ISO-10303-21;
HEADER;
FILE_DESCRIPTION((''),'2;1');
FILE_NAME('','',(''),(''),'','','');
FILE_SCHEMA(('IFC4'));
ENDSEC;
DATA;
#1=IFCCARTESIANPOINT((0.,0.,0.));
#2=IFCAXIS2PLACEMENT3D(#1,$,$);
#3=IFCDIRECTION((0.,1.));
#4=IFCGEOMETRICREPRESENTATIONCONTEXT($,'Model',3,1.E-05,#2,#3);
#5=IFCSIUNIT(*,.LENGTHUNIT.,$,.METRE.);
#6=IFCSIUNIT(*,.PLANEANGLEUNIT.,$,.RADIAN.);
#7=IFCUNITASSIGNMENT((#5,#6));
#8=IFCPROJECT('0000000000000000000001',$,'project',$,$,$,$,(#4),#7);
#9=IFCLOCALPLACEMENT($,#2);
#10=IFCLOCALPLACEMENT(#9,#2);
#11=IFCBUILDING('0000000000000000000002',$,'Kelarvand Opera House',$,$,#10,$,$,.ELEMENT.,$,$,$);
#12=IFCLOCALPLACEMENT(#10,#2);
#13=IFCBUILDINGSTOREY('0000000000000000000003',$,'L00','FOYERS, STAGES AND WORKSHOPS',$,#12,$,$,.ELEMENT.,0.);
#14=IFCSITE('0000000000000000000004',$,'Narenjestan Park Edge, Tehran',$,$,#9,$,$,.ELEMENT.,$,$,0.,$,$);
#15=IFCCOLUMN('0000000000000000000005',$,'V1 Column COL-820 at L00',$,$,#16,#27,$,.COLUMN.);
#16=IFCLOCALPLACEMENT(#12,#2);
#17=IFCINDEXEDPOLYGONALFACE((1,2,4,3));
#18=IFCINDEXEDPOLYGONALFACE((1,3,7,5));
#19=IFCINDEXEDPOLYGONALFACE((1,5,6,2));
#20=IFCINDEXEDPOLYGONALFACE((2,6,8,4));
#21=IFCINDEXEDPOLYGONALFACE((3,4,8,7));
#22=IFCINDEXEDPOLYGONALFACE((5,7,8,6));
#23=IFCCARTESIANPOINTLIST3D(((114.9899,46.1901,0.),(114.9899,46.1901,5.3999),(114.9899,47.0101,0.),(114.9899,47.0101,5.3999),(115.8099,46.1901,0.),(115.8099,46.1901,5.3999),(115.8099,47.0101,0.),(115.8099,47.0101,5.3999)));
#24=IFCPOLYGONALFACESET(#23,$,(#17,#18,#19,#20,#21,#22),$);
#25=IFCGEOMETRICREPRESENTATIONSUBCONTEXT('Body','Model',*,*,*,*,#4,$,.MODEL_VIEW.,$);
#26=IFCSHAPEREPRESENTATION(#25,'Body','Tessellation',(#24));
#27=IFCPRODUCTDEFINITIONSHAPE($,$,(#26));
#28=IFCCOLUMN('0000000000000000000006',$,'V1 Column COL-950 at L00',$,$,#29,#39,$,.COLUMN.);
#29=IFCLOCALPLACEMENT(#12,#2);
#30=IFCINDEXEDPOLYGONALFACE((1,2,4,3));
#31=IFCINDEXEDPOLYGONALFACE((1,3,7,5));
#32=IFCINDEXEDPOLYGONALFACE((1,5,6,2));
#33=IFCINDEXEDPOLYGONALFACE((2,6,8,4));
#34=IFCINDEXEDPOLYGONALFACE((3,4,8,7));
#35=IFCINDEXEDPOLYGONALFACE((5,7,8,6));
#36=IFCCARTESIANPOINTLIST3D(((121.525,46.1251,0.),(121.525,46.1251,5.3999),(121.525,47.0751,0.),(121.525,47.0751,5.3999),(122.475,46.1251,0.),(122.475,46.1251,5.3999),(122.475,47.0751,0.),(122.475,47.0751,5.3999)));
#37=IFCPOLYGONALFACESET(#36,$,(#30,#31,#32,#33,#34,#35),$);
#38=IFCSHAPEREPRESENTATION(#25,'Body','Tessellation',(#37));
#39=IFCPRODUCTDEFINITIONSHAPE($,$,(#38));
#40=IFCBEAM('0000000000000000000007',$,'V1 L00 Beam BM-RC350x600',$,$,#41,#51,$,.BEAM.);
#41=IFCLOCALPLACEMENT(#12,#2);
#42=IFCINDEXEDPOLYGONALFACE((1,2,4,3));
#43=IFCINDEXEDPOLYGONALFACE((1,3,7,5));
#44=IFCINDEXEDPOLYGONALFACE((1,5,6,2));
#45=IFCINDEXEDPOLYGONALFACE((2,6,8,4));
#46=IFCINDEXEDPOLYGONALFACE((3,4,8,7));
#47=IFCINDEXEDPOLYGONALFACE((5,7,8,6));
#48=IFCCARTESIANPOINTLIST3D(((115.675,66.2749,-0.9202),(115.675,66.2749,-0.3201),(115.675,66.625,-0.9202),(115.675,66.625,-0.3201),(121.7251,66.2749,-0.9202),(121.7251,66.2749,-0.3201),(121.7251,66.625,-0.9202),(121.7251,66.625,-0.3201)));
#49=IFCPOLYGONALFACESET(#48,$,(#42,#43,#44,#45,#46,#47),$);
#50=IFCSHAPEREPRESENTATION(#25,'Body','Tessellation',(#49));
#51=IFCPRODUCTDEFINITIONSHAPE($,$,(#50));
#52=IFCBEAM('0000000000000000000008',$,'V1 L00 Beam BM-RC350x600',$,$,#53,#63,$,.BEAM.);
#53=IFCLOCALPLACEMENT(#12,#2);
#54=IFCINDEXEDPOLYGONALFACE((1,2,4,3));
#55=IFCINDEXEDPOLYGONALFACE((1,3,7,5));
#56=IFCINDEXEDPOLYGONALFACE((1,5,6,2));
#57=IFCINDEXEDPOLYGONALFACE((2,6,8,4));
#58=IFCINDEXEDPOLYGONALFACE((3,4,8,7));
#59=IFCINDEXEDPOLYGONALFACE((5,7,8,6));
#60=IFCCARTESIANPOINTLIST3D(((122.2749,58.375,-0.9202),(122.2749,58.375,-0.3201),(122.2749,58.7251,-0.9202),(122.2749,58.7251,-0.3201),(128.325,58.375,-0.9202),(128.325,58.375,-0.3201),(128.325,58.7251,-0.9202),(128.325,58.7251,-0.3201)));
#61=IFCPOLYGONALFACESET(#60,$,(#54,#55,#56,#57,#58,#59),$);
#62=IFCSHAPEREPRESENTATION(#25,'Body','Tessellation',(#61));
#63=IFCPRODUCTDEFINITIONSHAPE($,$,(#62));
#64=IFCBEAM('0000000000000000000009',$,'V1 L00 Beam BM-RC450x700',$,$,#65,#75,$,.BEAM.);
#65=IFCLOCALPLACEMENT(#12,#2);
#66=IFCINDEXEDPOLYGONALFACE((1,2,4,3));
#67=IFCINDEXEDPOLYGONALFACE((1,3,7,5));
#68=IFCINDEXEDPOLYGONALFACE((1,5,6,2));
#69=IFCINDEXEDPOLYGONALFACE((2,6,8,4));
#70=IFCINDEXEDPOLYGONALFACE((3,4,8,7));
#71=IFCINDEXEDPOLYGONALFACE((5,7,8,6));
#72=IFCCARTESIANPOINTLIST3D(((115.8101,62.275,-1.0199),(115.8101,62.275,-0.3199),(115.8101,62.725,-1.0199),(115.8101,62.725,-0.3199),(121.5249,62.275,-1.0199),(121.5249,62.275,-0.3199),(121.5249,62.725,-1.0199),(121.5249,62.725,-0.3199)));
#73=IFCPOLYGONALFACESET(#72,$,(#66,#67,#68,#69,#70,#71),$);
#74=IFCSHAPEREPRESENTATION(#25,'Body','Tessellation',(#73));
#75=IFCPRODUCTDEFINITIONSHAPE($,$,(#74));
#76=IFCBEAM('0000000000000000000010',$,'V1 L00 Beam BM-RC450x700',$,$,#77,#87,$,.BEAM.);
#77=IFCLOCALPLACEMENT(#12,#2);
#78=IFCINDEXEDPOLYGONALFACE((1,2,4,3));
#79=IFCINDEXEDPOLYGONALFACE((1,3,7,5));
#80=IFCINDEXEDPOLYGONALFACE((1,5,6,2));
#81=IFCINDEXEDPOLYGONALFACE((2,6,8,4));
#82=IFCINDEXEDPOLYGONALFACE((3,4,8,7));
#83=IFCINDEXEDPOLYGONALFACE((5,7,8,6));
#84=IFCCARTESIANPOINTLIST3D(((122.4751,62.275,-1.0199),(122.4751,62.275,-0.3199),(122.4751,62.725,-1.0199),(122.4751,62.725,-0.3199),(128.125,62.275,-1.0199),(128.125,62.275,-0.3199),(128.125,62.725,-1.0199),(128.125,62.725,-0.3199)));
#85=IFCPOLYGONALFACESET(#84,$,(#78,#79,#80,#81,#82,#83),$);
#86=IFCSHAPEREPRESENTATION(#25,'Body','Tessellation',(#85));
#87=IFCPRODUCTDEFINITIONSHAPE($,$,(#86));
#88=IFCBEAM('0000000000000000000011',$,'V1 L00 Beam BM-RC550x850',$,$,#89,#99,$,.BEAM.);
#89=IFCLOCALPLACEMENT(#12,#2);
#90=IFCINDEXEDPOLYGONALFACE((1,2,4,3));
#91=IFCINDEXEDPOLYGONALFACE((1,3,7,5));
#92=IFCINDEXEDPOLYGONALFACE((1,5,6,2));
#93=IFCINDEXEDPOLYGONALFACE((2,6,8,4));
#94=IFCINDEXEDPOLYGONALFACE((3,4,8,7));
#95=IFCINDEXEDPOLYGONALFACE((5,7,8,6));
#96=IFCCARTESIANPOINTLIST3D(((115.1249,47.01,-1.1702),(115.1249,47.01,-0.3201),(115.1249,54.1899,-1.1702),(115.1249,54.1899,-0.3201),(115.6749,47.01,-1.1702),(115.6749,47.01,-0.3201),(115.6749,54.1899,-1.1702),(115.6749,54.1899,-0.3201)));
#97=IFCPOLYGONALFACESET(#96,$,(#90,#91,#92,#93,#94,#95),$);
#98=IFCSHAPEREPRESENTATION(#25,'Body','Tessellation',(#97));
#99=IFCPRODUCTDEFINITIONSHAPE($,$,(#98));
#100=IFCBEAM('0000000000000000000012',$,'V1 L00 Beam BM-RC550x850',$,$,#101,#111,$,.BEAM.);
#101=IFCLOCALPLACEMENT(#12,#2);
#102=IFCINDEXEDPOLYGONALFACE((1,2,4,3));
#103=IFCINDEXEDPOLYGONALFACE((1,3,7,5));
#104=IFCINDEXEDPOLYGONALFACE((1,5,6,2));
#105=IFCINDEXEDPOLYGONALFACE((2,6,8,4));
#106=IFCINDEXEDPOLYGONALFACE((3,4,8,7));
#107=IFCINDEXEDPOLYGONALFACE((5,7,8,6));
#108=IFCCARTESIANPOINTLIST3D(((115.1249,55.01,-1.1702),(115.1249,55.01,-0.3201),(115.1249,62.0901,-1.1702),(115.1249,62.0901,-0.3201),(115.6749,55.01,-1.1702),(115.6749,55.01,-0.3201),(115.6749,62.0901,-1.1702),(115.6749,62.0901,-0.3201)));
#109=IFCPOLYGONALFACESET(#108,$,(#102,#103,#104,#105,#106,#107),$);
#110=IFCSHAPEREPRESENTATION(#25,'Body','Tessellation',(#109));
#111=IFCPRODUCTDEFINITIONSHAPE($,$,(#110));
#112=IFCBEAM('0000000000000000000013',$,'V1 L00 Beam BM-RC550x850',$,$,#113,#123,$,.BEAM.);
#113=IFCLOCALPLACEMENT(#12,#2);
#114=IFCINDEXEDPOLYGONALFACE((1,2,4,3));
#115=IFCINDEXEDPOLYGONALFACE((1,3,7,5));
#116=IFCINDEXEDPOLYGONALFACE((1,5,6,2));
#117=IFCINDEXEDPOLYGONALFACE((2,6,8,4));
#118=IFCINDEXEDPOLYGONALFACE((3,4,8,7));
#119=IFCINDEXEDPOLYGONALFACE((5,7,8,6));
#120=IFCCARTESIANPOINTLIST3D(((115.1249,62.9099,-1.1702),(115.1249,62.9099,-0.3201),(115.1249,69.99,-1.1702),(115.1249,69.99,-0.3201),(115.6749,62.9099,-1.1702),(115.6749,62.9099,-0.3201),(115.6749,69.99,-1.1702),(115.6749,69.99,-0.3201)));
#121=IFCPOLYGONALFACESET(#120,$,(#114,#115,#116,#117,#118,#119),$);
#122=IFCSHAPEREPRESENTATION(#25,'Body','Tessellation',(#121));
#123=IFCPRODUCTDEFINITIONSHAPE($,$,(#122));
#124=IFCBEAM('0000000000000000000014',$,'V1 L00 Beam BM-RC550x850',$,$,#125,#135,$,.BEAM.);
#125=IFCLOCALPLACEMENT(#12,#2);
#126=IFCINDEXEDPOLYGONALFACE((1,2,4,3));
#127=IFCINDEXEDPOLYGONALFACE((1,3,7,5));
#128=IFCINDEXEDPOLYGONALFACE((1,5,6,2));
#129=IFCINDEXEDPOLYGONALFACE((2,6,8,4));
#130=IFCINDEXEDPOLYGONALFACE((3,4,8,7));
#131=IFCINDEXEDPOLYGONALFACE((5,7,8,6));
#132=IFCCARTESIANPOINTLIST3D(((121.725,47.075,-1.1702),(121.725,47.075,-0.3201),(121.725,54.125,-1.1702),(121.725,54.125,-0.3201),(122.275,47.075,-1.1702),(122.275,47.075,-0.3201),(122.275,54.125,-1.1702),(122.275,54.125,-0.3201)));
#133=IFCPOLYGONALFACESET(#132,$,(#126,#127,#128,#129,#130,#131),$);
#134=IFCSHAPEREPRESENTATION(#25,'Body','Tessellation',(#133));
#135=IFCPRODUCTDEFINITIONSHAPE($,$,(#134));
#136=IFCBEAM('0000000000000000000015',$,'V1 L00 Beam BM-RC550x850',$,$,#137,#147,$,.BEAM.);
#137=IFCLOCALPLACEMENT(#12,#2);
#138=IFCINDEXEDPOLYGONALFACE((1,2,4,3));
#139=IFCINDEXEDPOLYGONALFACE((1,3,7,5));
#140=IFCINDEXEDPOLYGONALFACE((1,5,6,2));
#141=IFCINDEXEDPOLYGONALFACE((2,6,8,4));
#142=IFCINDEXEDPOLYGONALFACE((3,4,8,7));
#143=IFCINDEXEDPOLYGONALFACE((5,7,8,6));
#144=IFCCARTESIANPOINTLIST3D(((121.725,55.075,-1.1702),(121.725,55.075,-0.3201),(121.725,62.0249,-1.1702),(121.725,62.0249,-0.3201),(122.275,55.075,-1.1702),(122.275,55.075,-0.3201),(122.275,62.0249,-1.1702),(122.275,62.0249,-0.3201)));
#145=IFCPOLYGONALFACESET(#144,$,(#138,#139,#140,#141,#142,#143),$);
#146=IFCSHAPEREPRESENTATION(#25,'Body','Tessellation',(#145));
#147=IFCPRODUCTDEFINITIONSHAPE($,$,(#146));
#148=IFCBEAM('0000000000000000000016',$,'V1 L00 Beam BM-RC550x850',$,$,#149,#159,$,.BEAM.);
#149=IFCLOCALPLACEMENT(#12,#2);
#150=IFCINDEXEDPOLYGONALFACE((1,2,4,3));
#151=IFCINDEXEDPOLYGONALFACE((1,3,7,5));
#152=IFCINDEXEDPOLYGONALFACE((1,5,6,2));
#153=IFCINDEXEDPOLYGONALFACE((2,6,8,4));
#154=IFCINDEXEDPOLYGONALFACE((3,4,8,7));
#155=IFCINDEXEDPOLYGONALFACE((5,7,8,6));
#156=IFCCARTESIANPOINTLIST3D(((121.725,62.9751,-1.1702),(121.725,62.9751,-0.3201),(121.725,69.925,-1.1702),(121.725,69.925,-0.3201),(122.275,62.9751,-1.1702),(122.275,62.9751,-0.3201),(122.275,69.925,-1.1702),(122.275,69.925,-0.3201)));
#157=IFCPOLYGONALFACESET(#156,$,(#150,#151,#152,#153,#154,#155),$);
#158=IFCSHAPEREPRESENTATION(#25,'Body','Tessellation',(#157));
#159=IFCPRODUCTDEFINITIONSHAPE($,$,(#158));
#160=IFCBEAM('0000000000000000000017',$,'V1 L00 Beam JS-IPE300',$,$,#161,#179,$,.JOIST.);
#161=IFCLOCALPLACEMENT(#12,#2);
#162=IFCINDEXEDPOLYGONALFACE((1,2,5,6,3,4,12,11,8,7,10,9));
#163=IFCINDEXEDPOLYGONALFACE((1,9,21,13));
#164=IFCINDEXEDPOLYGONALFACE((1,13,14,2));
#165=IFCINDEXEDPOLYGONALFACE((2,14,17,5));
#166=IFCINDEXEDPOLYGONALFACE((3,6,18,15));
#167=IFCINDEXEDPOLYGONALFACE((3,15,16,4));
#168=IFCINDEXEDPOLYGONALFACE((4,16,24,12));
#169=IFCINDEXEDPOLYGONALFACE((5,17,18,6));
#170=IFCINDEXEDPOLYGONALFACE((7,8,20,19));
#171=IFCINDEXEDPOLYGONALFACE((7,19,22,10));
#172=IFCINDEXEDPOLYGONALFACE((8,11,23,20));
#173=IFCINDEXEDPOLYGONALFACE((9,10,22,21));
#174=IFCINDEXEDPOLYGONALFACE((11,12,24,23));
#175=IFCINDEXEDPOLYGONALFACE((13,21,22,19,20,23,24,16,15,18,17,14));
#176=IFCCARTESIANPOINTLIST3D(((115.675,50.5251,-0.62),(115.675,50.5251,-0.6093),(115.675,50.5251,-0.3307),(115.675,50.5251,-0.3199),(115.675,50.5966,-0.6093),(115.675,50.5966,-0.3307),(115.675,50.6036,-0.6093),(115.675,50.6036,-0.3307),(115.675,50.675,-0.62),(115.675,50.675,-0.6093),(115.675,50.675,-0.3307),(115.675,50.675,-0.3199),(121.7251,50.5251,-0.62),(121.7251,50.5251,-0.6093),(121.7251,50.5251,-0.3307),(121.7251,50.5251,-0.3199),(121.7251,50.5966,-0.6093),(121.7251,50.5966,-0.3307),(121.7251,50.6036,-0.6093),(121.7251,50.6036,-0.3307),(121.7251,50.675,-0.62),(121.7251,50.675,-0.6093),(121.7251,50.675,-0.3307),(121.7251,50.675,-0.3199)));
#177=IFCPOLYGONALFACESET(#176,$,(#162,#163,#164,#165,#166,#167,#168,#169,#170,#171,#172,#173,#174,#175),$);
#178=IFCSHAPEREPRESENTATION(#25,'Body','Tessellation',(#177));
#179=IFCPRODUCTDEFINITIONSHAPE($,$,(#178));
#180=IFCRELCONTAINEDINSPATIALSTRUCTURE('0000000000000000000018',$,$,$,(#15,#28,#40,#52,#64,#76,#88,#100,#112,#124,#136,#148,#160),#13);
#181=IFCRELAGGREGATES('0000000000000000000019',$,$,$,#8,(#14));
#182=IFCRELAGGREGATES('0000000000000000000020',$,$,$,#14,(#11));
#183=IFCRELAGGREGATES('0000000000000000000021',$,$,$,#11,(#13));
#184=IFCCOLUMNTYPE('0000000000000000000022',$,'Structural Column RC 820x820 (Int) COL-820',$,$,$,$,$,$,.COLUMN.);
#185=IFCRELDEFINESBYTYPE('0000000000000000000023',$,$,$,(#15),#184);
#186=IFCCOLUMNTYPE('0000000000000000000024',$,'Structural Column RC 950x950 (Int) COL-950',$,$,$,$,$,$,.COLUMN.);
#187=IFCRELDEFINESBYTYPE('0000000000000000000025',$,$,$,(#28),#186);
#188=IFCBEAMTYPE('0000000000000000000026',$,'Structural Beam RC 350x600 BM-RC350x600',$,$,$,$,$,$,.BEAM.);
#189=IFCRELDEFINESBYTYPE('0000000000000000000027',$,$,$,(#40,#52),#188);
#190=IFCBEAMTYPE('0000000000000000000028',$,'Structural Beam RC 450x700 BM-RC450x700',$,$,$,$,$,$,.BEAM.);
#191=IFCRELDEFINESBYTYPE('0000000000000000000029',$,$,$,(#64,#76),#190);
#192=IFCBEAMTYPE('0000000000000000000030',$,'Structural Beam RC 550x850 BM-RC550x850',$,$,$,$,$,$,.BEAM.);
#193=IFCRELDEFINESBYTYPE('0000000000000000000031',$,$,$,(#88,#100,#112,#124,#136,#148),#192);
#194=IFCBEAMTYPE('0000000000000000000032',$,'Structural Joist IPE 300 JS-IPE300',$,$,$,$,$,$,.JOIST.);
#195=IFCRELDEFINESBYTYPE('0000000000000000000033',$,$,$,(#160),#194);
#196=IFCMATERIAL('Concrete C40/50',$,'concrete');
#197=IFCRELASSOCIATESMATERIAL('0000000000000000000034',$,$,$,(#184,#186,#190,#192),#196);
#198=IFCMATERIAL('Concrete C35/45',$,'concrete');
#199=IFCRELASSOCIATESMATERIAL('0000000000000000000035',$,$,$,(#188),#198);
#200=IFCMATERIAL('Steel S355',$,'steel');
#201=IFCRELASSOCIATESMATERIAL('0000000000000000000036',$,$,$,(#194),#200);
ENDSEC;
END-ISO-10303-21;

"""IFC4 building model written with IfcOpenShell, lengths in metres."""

from ifc_helpers import new_model, si_unit, direction, frame, origin, origin_2d, place, context, subcontext, project, spatial, rectangle, i_section, extrude, material, material_profile, profile_set, type_object, element, save


model = new_model("IFC4")

# Units and contexts
model_context = context("Model", 3, precision=1e-05, world=origin(), true_north=direction((0.0, 1.0)))
body_context = subcontext(model_context, "Body", "Model", "MODEL_VIEW")
ifc_project = project(units=[si_unit("LENGTHUNIT", "METRE"), si_unit("PLANEANGLEUNIT", "RADIAN")], contexts=[model_context])

# Site, building, storey
site_placement = place(None, origin())
site = spatial("IfcSite", under=ifc_project, at=site_placement, Name="Narenjestan Park Edge, Tehran", CompositionType="ELEMENT", RefElevation=0.0)
building_placement = place(site_placement, origin())
building = spatial("IfcBuilding", under=site, at=building_placement, Name="Kelarvand Opera House", CompositionType="ELEMENT")
storey_placement = place(building_placement, origin())
storey = spatial("IfcBuildingStorey", under=building, at=storey_placement, Name="L00", Description="FOYERS, STAGES AND WORKSHOPS", CompositionType="ELEMENT", Elevation=0.0)

# Columns
ifc_material_1 = material(Name="Concrete C40/50", Category="concrete")
ifc_material_profile_1 = material_profile(ifc_material_1, rectangle(XDim=0.8201, YDim=0.8201, at=origin_2d()), Name="RC 820x820", Category="concrete")
ifc_profile_set_1 = profile_set([ifc_material_profile_1], Name="Concrete C40/50")
column_type_1 = type_object("IfcColumnType", Name="Structural Column RC 820x820 (Int) COL-820", PredefinedType="COLUMN", material=ifc_profile_set_1)
column_1_placement = place(storey_placement, frame((115.3999, 46.6001, 0.0), z_axis=(0.0, 0.0, 1.0), x_axis=(1.0, 0.0, 0.0)))
element("IfcColumn", 1, at=column_1_placement, inside=storey, type_object=column_type_1, Name="V1 Column COL-820 at L00", PredefinedType="COLUMN", context=body_context, shape_type="SweptSolid", body=[
    extrude(rectangle(XDim=0.8201, YDim=0.8201, at=origin_2d()), origin(), (0.0, 0.0, 1.0), 5.3999),
])
ifc_material_profile_2 = material_profile(ifc_material_1, rectangle(XDim=0.95, YDim=0.95, at=origin_2d()), Name="RC 950x950", Category="concrete")
ifc_profile_set_2 = profile_set([ifc_material_profile_2], Name="Concrete C40/50")
column_type_2 = type_object("IfcColumnType", Name="Structural Column RC 950x950 (Int) COL-950", PredefinedType="COLUMN", material=ifc_profile_set_2)
column_2_placement = place(storey_placement, frame((122.0, 46.6001, 0.0), z_axis=(0.0, 0.0, 1.0), x_axis=(1.0, 0.0, 0.0)))
element("IfcColumn", 2, at=column_2_placement, inside=storey, type_object=column_type_2, Name="V1 Column COL-950 at L00", PredefinedType="COLUMN", context=body_context, shape_type="SweptSolid", body=[
    extrude(rectangle(XDim=0.95, YDim=0.95, at=origin_2d()), origin(), (0.0, 0.0, 1.0), 5.3999),
])

# Beams
ifc_material_2 = material(Name="Concrete C35/45", Category="concrete")
ifc_material_profile_3 = material_profile(ifc_material_2, rectangle(XDim=0.3501, YDim=0.6001, at=origin_2d()), Name="RC 350x600", Category="concrete")
ifc_profile_set_3 = profile_set([ifc_material_profile_3], Name="Concrete C35/45")
beam_type_1 = type_object("IfcBeamType", Name="Structural Beam RC 350x600 BM-RC350x600", PredefinedType="BEAM", material=ifc_profile_set_3)
for number, where, z_axis, x_axis, name in (
    (3, (115.675, 66.45, -0.6201), (1.0, 0.0, 0.0), (0.0, 1.0, 0.0), "V1 L00 Beam BM-RC350x600"),
    (4, (122.2749, 58.55, -0.6201), (1.0, 0.0, 0.0), (0.0, 1.0, 0.0), "V1 L00 Beam BM-RC350x600"),
):
    element("IfcBeam", number, at=place(storey_placement, frame(where, z_axis=z_axis, x_axis=x_axis)), inside=storey, type_object=beam_type_1, Name=name, PredefinedType="BEAM", context=body_context, shape_type="SweptSolid", body=[
        extrude(rectangle(XDim=0.3501, YDim=0.6001, at=origin_2d()), origin(), (0.0, 0.0, 1.0), 6.05),
    ])
ifc_material_profile_4 = material_profile(ifc_material_1, rectangle(XDim=0.45, YDim=0.7, at=origin_2d()), Name="RC 450x700", Category="concrete")
ifc_profile_set_4 = profile_set([ifc_material_profile_4], Name="Concrete C40/50")
beam_type_2 = type_object("IfcBeamType", Name="Structural Beam RC 450x700 BM-RC450x700", PredefinedType="BEAM", material=ifc_profile_set_4)
beam_1_placement = place(storey_placement, frame((115.8101, 62.5, -0.6699), z_axis=(1.0, 0.0, 0.0), x_axis=(0.0, 1.0, 0.0)))
element("IfcBeam", 5, at=beam_1_placement, inside=storey, type_object=beam_type_2, Name="V1 L00 Beam BM-RC450x700", PredefinedType="BEAM", context=body_context, shape_type="SweptSolid", body=[
    extrude(rectangle(XDim=0.45, YDim=0.7, at=origin_2d()), origin(), (0.0, 0.0, 1.0), 5.7148),
])
beam_2_placement = place(storey_placement, frame((122.4751, 62.5, -0.6699), z_axis=(1.0, 0.0, 0.0), x_axis=(0.0, 1.0, 0.0)))
element("IfcBeam", 6, at=beam_2_placement, inside=storey, type_object=beam_type_2, Name="V1 L00 Beam BM-RC450x700", PredefinedType="BEAM", context=body_context, shape_type="SweptSolid", body=[
    extrude(rectangle(XDim=0.45, YDim=0.7, at=origin_2d()), origin(), (0.0, 0.0, 1.0), 5.6499),
])
ifc_material_profile_5 = material_profile(ifc_material_1, rectangle(XDim=0.55, YDim=0.8501, at=origin_2d()), Name="RC 550x850", Category="concrete")
ifc_profile_set_5 = profile_set([ifc_material_profile_5], Name="Concrete C40/50")
beam_type_3 = type_object("IfcBeamType", Name="Structural Beam RC 550x850 BM-RC550x850", PredefinedType="BEAM", material=ifc_profile_set_5)
beam_3_placement = place(storey_placement, frame((115.3999, 47.01, -0.7451), z_axis=(0.0, 1.0, 0.0), x_axis=(-1.0, 0.0, 0.0)))
element("IfcBeam", 7, at=beam_3_placement, inside=storey, type_object=beam_type_3, Name="V1 L00 Beam BM-RC550x850", PredefinedType="BEAM", context=body_context, shape_type="SweptSolid", body=[
    extrude(rectangle(XDim=0.55, YDim=0.8501, at=origin_2d()), origin(), (0.0, 0.0, 1.0), 7.1799),
])
for number, where, z_axis, x_axis, name in (
    (8, (115.3999, 55.01, -0.7451), (0.0, 1.0, 0.0), (-1.0, 0.0, 0.0), "V1 L00 Beam BM-RC550x850"),
    (9, (115.3999, 62.9099, -0.7451), (0.0, 1.0, 0.0), (-1.0, 0.0, 0.0), "V1 L00 Beam BM-RC550x850"),
):
    element("IfcBeam", number, at=place(storey_placement, frame(where, z_axis=z_axis, x_axis=x_axis)), inside=storey, type_object=beam_type_3, Name=name, PredefinedType="BEAM", context=body_context, shape_type="SweptSolid", body=[
        extrude(rectangle(XDim=0.55, YDim=0.8501, at=origin_2d()), origin(), (0.0, 0.0, 1.0), 7.0801),
    ])
beam_4_placement = place(storey_placement, frame((122.0, 47.075, -0.7451), z_axis=(0.0, 1.0, 0.0), x_axis=(-1.0, 0.0, 0.0)))
element("IfcBeam", 10, at=beam_4_placement, inside=storey, type_object=beam_type_3, Name="V1 L00 Beam BM-RC550x850", PredefinedType="BEAM", context=body_context, shape_type="SweptSolid", body=[
    extrude(rectangle(XDim=0.55, YDim=0.8501, at=origin_2d()), origin(), (0.0, 0.0, 1.0), 7.05),
])
for number, where, z_axis, x_axis, name in (
    (11, (122.0, 55.075, -0.7451), (0.0, 1.0, 0.0), (-1.0, 0.0, 0.0), "V1 L00 Beam BM-RC550x850"),
    (12, (122.0, 62.9751, -0.7451), (0.0, 1.0, 0.0), (-1.0, 0.0, 0.0), "V1 L00 Beam BM-RC550x850"),
):
    element("IfcBeam", number, at=place(storey_placement, frame(where, z_axis=z_axis, x_axis=x_axis)), inside=storey, type_object=beam_type_3, Name=name, PredefinedType="BEAM", context=body_context, shape_type="SweptSolid", body=[
        extrude(rectangle(XDim=0.55, YDim=0.8501, at=origin_2d()), origin(), (0.0, 0.0, 1.0), 6.95),
    ])
ifc_material_3 = material(Name="Steel S355", Category="steel")
ifc_material_profile_6 = material_profile(ifc_material_3, i_section(OverallWidth=0.1499, OverallDepth=0.3, WebThickness=0.0071, FlangeThickness=0.0107, at=origin_2d()), Name="IPE 300", Category="steel")
ifc_profile_set_6 = profile_set([ifc_material_profile_6], Name="Steel S355")
beam_type_4 = type_object("IfcBeamType", Name="Structural Joist IPE 300 JS-IPE300", PredefinedType="JOIST", material=ifc_profile_set_6)
beam_5_placement = place(storey_placement, frame((115.675, 50.6001, -0.47), z_axis=(1.0, 0.0, 0.0), x_axis=(0.0, 1.0, 0.0)))
element("IfcBeam", 13, at=beam_5_placement, inside=storey, type_object=beam_type_4, Name="V1 L00 Beam JS-IPE300", PredefinedType="JOIST", context=body_context, shape_type="SweptSolid", body=[
    extrude(i_section(OverallWidth=0.1499, OverallDepth=0.3, WebThickness=0.0071, FlangeThickness=0.0107, at=origin_2d()), origin(), (0.0, 0.0, 1.0), 6.05),
])

save(model, "model.ifc")
